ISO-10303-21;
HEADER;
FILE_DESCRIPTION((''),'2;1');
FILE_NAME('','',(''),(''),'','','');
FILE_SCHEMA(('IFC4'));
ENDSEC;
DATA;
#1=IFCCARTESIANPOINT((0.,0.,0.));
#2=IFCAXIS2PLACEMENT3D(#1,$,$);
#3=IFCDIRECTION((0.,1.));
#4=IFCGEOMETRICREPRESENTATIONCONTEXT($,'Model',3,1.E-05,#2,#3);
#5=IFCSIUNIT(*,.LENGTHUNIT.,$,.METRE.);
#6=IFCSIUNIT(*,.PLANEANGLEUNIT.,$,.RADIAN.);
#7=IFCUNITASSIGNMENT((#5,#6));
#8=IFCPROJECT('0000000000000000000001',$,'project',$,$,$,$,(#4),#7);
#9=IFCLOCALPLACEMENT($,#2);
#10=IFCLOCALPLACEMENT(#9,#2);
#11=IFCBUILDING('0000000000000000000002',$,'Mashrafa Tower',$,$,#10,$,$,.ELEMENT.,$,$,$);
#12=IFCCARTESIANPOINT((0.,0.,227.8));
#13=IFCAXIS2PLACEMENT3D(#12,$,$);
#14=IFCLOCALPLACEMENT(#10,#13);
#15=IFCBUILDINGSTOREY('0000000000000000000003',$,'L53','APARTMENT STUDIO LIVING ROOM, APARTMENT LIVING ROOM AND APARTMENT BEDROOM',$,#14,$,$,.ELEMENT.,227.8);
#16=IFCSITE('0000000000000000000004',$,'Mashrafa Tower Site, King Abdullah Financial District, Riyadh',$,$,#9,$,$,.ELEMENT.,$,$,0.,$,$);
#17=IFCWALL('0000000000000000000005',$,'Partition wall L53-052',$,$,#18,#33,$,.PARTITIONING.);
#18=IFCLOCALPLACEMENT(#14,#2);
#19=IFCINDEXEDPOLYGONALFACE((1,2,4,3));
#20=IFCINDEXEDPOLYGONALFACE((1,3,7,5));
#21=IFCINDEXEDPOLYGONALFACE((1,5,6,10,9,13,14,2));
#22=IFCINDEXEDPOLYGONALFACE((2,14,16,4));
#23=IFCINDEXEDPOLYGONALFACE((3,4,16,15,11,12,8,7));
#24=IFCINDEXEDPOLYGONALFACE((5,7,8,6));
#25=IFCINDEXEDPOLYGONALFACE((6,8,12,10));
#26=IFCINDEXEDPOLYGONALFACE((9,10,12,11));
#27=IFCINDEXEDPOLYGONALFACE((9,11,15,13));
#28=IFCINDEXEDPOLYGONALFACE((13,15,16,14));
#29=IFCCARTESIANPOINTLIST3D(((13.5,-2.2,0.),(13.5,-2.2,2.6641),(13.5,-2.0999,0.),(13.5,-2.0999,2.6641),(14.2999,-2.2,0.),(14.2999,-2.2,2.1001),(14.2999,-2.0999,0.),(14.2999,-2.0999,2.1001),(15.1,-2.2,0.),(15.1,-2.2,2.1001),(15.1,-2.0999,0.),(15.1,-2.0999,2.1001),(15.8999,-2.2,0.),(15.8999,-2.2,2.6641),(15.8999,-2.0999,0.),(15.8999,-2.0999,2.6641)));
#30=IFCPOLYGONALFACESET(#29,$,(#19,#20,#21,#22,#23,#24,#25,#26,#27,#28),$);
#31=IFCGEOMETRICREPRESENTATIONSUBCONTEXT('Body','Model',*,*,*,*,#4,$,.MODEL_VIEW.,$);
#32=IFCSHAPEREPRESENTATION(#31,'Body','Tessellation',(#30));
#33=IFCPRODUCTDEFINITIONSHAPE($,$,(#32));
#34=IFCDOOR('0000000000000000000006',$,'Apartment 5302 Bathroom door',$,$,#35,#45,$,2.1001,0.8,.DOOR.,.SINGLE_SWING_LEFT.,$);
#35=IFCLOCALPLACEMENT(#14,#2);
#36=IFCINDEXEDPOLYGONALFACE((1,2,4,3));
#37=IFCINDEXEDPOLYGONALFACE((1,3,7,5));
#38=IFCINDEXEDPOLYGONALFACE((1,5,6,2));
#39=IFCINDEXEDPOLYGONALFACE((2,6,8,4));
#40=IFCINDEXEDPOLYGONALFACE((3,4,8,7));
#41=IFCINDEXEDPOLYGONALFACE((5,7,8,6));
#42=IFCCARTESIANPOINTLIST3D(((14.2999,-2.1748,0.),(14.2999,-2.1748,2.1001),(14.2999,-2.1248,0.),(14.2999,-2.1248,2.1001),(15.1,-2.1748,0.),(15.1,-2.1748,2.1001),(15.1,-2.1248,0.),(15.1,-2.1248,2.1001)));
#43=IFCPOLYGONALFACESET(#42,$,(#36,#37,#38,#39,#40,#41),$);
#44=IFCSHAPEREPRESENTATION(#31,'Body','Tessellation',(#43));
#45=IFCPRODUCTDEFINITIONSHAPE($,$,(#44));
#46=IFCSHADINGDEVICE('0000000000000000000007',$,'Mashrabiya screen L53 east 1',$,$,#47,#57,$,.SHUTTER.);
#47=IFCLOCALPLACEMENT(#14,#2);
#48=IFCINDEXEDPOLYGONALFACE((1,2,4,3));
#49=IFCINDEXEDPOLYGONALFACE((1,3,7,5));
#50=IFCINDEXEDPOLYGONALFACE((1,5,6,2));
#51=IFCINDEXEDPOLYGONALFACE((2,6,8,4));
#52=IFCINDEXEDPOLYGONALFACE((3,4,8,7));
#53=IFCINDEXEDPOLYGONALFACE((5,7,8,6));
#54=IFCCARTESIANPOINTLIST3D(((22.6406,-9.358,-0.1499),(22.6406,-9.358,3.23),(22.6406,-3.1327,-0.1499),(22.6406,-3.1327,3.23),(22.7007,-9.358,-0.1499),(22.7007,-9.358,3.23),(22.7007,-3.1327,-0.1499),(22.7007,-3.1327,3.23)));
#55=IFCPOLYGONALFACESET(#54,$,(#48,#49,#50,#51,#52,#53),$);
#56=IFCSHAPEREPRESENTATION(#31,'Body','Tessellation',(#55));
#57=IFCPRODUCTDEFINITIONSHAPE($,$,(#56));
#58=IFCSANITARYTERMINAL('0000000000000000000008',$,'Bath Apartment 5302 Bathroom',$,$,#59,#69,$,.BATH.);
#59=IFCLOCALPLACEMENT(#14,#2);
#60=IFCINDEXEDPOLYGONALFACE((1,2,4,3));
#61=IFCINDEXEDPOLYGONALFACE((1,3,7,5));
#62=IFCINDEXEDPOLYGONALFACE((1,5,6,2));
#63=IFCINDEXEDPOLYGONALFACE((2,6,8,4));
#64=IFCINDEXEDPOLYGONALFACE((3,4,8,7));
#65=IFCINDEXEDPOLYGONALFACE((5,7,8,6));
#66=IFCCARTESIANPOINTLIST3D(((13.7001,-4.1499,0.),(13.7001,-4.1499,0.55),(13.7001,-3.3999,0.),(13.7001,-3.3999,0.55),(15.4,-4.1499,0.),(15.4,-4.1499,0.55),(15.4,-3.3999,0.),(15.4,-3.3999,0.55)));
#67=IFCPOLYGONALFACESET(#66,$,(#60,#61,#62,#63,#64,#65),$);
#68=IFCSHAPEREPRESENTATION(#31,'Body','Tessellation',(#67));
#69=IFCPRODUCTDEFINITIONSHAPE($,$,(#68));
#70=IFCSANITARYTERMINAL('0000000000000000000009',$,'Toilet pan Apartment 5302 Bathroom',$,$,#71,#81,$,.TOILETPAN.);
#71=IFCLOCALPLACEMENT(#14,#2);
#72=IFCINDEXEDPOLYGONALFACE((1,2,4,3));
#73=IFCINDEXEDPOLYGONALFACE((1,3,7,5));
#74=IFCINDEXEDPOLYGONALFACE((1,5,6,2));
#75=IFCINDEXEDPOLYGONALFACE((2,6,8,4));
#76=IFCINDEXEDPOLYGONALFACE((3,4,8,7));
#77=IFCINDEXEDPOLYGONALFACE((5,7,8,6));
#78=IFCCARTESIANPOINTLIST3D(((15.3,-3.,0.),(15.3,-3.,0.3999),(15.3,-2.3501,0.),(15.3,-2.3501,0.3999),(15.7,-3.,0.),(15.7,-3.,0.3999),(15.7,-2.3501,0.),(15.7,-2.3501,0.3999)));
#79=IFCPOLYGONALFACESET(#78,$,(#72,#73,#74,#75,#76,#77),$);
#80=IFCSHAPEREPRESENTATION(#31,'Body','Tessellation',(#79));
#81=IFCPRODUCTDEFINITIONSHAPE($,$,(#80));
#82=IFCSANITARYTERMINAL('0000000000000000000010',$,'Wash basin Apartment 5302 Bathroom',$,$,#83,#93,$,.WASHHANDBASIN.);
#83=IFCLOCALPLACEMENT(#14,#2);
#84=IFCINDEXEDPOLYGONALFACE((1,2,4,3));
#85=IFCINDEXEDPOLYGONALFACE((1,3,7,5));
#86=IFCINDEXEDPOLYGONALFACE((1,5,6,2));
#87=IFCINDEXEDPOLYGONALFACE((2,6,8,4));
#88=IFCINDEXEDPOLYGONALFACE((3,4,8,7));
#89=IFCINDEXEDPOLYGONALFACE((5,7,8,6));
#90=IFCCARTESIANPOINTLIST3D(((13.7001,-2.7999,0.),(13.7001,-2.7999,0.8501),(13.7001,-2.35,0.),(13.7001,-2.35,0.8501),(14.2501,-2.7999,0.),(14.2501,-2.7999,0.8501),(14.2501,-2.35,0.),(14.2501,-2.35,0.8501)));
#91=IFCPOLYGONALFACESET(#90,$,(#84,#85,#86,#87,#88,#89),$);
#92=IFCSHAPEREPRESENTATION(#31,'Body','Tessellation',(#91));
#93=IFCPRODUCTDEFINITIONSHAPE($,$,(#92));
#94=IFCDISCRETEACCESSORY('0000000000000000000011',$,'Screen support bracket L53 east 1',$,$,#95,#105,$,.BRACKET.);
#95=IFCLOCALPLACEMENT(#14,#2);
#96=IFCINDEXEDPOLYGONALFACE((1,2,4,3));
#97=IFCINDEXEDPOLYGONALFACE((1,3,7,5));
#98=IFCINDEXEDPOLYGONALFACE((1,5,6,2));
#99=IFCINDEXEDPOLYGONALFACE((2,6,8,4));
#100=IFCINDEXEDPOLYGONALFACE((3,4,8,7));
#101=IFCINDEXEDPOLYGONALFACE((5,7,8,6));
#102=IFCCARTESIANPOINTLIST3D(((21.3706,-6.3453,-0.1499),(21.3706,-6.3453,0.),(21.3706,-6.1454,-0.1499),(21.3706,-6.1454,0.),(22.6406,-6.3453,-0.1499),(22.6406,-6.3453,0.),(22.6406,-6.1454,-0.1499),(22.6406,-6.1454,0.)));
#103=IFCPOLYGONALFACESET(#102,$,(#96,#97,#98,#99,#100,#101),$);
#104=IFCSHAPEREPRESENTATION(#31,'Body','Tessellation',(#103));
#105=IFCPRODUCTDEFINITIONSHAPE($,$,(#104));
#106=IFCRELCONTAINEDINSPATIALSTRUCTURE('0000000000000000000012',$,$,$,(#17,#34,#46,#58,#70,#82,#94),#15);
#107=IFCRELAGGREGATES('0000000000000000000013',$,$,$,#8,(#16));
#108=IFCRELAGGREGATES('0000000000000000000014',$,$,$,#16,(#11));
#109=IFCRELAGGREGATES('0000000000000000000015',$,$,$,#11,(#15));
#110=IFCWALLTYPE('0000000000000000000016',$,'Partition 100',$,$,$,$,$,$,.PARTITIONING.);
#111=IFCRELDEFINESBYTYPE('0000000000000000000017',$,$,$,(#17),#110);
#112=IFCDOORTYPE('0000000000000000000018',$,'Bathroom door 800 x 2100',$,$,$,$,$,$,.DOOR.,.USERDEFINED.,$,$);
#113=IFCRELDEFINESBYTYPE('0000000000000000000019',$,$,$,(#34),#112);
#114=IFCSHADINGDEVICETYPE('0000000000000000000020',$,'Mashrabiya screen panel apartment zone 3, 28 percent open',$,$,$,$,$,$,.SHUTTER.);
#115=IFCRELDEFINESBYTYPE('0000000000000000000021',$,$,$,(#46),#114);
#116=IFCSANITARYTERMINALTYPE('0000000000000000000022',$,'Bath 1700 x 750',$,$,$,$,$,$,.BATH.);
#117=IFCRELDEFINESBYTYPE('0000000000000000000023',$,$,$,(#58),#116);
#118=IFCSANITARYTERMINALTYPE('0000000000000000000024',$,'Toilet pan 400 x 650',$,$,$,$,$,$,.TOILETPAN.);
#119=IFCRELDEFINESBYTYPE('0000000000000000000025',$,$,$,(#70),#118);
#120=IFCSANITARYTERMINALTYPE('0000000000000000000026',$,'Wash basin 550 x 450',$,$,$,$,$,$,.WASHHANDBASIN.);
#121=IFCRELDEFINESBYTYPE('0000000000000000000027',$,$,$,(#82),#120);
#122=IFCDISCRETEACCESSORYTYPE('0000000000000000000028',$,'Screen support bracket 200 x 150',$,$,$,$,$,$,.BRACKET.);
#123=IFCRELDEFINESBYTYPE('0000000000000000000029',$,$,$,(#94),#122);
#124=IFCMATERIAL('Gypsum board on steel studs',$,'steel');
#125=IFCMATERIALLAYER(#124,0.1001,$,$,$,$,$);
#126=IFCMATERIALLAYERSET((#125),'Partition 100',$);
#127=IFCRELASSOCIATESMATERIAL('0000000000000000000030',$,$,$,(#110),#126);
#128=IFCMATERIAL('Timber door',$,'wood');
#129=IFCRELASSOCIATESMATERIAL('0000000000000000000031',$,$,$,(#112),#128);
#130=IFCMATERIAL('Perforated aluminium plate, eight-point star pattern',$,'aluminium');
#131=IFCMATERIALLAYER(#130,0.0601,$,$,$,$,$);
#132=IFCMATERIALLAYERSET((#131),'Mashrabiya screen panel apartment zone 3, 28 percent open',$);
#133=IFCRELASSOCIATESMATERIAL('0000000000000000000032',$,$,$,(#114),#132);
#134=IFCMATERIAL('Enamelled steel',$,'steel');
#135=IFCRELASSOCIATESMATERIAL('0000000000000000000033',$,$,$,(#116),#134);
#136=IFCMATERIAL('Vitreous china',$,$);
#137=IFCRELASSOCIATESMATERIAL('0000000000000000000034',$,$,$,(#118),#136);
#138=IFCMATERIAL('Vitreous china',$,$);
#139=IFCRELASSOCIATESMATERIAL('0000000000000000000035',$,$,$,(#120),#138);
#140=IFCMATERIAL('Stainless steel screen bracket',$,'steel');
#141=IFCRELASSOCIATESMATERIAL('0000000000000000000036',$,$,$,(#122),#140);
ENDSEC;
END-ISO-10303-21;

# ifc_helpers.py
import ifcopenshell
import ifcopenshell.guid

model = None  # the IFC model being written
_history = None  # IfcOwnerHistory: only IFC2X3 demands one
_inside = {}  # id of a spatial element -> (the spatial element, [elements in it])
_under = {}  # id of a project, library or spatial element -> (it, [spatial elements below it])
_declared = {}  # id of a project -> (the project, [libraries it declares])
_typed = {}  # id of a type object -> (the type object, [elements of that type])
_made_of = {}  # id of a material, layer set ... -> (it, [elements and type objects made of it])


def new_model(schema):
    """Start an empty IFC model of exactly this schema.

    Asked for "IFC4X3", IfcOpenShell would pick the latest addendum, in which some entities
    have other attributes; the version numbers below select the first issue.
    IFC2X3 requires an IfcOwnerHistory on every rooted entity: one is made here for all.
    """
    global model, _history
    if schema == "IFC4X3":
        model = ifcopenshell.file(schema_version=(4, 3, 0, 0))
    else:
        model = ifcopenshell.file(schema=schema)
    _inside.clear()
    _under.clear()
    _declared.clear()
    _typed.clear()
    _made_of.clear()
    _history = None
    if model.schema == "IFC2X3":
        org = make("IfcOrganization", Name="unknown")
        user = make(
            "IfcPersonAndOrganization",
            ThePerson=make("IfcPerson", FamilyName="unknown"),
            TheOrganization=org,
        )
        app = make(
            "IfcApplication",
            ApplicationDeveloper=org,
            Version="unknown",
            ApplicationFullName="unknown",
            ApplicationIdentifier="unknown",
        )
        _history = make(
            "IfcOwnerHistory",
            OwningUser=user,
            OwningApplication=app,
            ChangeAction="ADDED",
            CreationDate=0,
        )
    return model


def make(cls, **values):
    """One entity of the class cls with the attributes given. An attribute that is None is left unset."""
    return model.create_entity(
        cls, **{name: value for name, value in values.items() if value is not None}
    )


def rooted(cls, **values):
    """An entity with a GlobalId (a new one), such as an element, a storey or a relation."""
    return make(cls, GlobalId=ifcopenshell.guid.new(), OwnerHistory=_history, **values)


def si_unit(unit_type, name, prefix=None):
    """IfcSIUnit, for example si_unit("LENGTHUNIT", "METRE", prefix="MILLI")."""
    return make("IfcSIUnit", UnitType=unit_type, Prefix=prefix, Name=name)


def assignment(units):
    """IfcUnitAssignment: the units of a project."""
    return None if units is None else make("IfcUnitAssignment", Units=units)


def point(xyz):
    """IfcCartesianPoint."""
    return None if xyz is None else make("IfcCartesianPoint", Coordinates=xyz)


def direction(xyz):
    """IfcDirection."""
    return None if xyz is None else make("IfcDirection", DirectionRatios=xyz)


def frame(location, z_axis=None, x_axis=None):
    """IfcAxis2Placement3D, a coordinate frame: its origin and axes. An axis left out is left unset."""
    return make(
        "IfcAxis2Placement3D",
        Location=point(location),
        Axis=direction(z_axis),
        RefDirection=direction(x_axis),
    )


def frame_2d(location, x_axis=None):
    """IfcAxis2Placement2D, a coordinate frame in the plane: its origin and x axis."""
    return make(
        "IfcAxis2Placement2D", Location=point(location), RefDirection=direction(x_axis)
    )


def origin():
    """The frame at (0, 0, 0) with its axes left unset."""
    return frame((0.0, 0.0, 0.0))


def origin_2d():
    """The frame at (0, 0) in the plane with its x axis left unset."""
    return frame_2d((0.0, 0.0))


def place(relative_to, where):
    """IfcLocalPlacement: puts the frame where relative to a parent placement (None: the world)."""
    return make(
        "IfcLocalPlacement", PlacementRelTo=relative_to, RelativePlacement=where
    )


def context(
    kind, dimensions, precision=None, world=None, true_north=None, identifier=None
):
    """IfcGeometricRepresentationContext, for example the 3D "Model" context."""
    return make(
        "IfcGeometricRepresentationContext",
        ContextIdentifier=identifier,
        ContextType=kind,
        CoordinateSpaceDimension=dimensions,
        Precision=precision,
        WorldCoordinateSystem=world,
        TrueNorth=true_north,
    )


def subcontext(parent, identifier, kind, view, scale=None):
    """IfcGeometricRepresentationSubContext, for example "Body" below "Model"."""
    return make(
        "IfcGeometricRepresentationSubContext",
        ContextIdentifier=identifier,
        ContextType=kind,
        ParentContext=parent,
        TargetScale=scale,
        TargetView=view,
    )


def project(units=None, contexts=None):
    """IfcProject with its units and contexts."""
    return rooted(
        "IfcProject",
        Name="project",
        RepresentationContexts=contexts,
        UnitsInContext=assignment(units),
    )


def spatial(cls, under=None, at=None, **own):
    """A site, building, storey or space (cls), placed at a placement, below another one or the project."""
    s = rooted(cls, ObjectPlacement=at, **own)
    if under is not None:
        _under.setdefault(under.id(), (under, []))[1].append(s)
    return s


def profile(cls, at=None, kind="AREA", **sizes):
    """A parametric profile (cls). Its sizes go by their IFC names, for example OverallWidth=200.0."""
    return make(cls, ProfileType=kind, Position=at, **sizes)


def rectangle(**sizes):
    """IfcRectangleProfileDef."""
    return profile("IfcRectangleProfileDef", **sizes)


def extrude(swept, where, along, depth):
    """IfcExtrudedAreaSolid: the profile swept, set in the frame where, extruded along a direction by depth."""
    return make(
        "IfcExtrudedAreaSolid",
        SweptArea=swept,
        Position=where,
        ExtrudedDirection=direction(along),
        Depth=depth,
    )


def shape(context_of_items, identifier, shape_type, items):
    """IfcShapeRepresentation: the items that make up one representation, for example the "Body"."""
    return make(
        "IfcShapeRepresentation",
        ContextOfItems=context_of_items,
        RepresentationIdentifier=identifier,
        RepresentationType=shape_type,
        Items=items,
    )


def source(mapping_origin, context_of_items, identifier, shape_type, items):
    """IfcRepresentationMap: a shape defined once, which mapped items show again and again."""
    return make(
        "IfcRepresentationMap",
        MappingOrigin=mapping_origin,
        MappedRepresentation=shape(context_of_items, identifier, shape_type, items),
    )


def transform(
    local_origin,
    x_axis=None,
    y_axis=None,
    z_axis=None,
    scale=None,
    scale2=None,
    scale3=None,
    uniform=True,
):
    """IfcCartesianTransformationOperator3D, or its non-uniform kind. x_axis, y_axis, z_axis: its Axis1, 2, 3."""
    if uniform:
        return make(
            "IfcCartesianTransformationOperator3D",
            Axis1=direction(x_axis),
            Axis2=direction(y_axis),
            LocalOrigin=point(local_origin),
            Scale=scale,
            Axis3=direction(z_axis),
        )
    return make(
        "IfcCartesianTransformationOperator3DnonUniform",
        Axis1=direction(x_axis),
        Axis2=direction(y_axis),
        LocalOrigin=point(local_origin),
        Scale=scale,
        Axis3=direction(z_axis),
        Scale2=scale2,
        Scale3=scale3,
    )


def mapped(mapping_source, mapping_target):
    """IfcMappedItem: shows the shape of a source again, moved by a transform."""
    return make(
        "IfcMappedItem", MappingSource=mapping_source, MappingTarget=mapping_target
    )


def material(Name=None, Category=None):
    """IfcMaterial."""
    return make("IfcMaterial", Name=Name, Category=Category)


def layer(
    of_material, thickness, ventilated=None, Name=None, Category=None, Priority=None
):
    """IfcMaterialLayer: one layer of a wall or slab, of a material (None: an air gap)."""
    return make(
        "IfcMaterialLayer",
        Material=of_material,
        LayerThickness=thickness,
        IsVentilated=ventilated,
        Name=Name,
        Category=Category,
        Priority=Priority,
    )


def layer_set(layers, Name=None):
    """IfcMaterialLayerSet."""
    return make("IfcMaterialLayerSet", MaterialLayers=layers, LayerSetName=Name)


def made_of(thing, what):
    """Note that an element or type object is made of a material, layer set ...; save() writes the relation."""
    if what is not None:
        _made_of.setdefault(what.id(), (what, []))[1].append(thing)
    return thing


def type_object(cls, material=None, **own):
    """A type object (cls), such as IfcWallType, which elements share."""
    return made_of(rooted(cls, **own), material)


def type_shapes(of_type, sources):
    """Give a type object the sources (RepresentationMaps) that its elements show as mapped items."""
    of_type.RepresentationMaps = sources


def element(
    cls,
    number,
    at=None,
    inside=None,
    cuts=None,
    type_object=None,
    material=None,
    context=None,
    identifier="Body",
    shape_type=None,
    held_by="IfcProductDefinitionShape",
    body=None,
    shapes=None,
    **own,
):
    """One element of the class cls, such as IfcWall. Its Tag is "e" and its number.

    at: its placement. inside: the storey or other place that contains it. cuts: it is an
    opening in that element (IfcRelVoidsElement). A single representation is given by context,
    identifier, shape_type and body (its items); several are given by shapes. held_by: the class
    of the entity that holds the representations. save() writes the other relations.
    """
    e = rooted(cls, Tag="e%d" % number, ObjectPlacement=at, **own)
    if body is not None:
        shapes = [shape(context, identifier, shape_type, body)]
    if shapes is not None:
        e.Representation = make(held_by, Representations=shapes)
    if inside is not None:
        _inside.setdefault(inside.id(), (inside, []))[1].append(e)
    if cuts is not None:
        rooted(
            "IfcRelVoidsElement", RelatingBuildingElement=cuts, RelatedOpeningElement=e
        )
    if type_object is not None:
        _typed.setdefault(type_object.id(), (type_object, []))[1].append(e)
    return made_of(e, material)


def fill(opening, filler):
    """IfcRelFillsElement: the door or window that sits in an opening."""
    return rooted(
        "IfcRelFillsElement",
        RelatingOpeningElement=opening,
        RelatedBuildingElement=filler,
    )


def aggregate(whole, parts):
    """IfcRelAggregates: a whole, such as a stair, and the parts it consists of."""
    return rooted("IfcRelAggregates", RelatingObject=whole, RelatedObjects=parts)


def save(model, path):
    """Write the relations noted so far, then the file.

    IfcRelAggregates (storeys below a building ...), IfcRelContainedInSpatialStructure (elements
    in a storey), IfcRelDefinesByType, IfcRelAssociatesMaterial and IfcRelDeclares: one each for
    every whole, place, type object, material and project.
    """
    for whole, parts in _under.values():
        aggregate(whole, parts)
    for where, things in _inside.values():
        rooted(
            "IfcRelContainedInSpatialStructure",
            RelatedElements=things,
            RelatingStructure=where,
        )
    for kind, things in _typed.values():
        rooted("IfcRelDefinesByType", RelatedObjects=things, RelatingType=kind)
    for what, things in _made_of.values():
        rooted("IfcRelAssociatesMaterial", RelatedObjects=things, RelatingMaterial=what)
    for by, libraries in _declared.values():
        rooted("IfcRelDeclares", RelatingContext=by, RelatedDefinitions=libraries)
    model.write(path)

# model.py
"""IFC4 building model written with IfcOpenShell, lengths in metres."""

from ifc_helpers import new_model, si_unit, direction, frame, frame_2d, origin, origin_2d, place, context, subcontext, project, spatial, rectangle, extrude, source, transform, mapped, material, layer, layer_set, type_object, type_shapes, element, fill, save


model = new_model("IFC4")

# Units and contexts
model_context = context("Model", 3, precision=1e-05, world=origin(), true_north=direction((0.0, 1.0)))
body_context = subcontext(model_context, "Body", "Model", "MODEL_VIEW")
ifc_project = project(units=[si_unit("LENGTHUNIT", "METRE"), si_unit("PLANEANGLEUNIT", "RADIAN")], contexts=[model_context])

# Site, building, storey
site_placement = place(None, origin())
site = spatial("IfcSite", under=ifc_project, at=site_placement, Name="Mashrafa Tower Site, King Abdullah Financial District, Riyadh", CompositionType="ELEMENT", RefElevation=0.0)
building_placement = place(site_placement, origin())
building = spatial("IfcBuilding", under=site, at=building_placement, Name="Mashrafa Tower", CompositionType="ELEMENT")
storey_placement = place(building_placement, frame((0.0, 0.0, 227.8)))
storey = spatial("IfcBuildingStorey", under=building, at=storey_placement, Name="L53", Description="APARTMENT STUDIO LIVING ROOM, APARTMENT LIVING ROOM AND APARTMENT BEDROOM", CompositionType="ELEMENT", Elevation=227.8)

# Shared definitions
ifc_material_1 = material(Name="Gypsum board on steel studs", Category="steel")
ifc_layer_1 = layer(ifc_material_1, 0.1001)
ifc_layer_set_1 = layer_set([ifc_layer_1], Name="Partition 100")
wall_type_1 = type_object("IfcWallType", Name="Partition 100", PredefinedType="PARTITIONING", material=ifc_layer_set_1)

# Wall, opening, door
wall_1_placement = place(storey_placement, frame((15.8999, -2.1499, 0.0), z_axis=(0.0, 0.0, 1.0), x_axis=(-1.0, 0.0, 0.0)))
wall_1 = element("IfcWall", 1, at=wall_1_placement, inside=storey, type_object=wall_type_1, Name="Partition wall L53-052", PredefinedType="PARTITIONING", context=body_context, shape_type="SweptSolid", body=[
    extrude(rectangle(XDim=2.3999, YDim=0.1001, at=frame_2d((1.2, 0.0))), origin(), (0.0, 0.0, 1.0), 2.6641),
])
opening_1_placement = place(wall_1_placement, frame((0.8, 0.0, 0.0)))
opening_1 = element("IfcOpeningElement", 2, at=opening_1_placement, cuts=wall_1, PredefinedType="OPENING", context=body_context, shape_type="SweptSolid", body=[
    extrude(rectangle(XDim=0.8, YDim=2.1001, at=frame_2d((0.3999, 1.05))), frame((0.0, 0.0601, 0.0), z_axis=(0.0, -1.0, 0.0), x_axis=(1.0, 0.0, 0.0)), (0.0, 0.0, 1.0), 0.1201),
])
ifc_material_2 = material(Name="Timber door", Category="wood")
door_type_1 = type_object("IfcDoorType", Name="Bathroom door 800 x 2100", OperationType="USERDEFINED", PredefinedType="DOOR", material=ifc_material_2)
door_1_placement = place(opening_1_placement, origin())
door_1 = element("IfcDoor", 3, at=door_1_placement, inside=storey, type_object=door_type_1, Name="Apartment 5302 Bathroom door", OperationType="SINGLE_SWING_LEFT", OverallHeight=2.1001, OverallWidth=0.8, PredefinedType="DOOR", context=body_context, shape_type="SweptSolid", body=[
    extrude(rectangle(XDim=0.8, YDim=2.1001, at=frame_2d((0.3999, 1.05))), frame((0.0, 0.0249, 0.0), z_axis=(0.0, -1.0, 0.0), x_axis=(1.0, 0.0, 0.0)), (0.0, 0.0, 1.0), 0.05),
])
fill(opening_1, door_1)

# Shading device
ifc_material_3 = material(Name="Perforated aluminium plate, eight-point star pattern", Category="aluminium")
ifc_layer_2 = layer(ifc_material_3, 0.0601)
ifc_layer_set_2 = layer_set([ifc_layer_2], Name="Mashrabiya screen panel apartment zone 3, 28 percent open")
shading_device_type = type_object("IfcShadingDeviceType", Name="Mashrabiya screen panel apartment zone 3, 28 percent open", PredefinedType="SHUTTER", material=ifc_layer_set_2)
shared_shape_1 = source(origin(), body_context, "Body", "SweptSolid", [
    extrude(rectangle(XDim=6.2253, YDim=0.0601, at=origin_2d()), origin(), (0.0, 0.0, 1.0), 3.3799),
])
type_shapes(shading_device_type, [shared_shape_1])
shading_device_placement = place(storey_placement, frame((22.6707, -6.2454, -0.1499), z_axis=(0.0, 0.0, 1.0), x_axis=(0.0, 1.0, 0.0)))
element("IfcShadingDevice", 4, at=shading_device_placement, inside=storey, type_object=shading_device_type, Name="Mashrabiya screen L53 east 1", PredefinedType="SHUTTER", context=body_context, shape_type="MappedRepresentation", body=[
    mapped(shared_shape_1, transform((0.0, 0.0, 0.0))),
])

# Sanitary terminals
ifc_material_4 = material(Name="Enamelled steel", Category="steel")
sanitary_terminal_type_1 = type_object("IfcSanitaryTerminalType", Name="Bath 1700 x 750", PredefinedType="BATH", material=ifc_material_4)
sanitary_terminal_1_placement = place(storey_placement, frame((14.55, -3.7749, 0.0), z_axis=(0.0, 0.0, 1.0), x_axis=(1.0, 0.0, 0.0)))
element("IfcSanitaryTerminal", 5, at=sanitary_terminal_1_placement, inside=storey, type_object=sanitary_terminal_type_1, Name="Bath Apartment 5302 Bathroom", PredefinedType="BATH", context=body_context, shape_type="SweptSolid", body=[
    extrude(rectangle(XDim=1.7, YDim=0.75, at=origin_2d()), origin(), (0.0, 0.0, 1.0), 0.55),
])
ifc_material_5 = material(Name="Vitreous china")
sanitary_terminal_type_2 = type_object("IfcSanitaryTerminalType", Name="Toilet pan 400 x 650", PredefinedType="TOILETPAN", material=ifc_material_5)
sanitary_terminal_2_placement = place(storey_placement, frame((15.5, -2.675, 0.0), z_axis=(0.0, 0.0, 1.0), x_axis=(-1.0, 0.0, 0.0)))
element("IfcSanitaryTerminal", 6, at=sanitary_terminal_2_placement, inside=storey, type_object=sanitary_terminal_type_2, Name="Toilet pan Apartment 5302 Bathroom", PredefinedType="TOILETPAN", context=body_context, shape_type="SweptSolid", body=[
    extrude(rectangle(XDim=0.3999, YDim=0.6499, at=origin_2d()), origin(), (0.0, 0.0, 1.0), 0.3999),
])
ifc_material_6 = material(Name="Vitreous china")
sanitary_terminal_type_3 = type_object("IfcSanitaryTerminalType", Name="Wash basin 550 x 450", PredefinedType="WASHHANDBASIN", material=ifc_material_6)
sanitary_terminal_3_placement = place(storey_placement, frame((13.9751, -2.575, 0.0), z_axis=(0.0, 0.0, 1.0), x_axis=(-1.0, 0.0, 0.0)))
element("IfcSanitaryTerminal", 7, at=sanitary_terminal_3_placement, inside=storey, type_object=sanitary_terminal_type_3, Name="Wash basin Apartment 5302 Bathroom", PredefinedType="WASHHANDBASIN", context=body_context, shape_type="SweptSolid", body=[
    extrude(rectangle(XDim=0.55, YDim=0.45, at=origin_2d()), origin(), (0.0, 0.0, 1.0), 0.8501),
])

# Discrete accessory
ifc_material_7 = material(Name="Stainless steel screen bracket", Category="steel")
discrete_accessory_type = type_object("IfcDiscreteAccessoryType", Name="Screen support bracket 200 x 150", PredefinedType="BRACKET", material=ifc_material_7)
shared_shape_2 = source(origin(), body_context, "Body", "SweptSolid", [
    extrude(rectangle(XDim=0.2, YDim=1.27, at=origin_2d()), origin(), (0.0, 0.0, 1.0), 0.1499),
])
type_shapes(discrete_accessory_type, [shared_shape_2])
discrete_accessory_placement = place(storey_placement, frame((22.0056, -6.2454, -0.1499), z_axis=(0.0, 0.0, 1.0), x_axis=(0.0, 1.0, 0.0)))
element("IfcDiscreteAccessory", 8, at=discrete_accessory_placement, inside=storey, type_object=discrete_accessory_type, Name="Screen support bracket L53 east 1", PredefinedType="BRACKET", context=body_context, shape_type="MappedRepresentation", body=[
    mapped(shared_shape_2, transform((0.0, 0.0, 0.0))),
])

save(model, "model.ifc")
